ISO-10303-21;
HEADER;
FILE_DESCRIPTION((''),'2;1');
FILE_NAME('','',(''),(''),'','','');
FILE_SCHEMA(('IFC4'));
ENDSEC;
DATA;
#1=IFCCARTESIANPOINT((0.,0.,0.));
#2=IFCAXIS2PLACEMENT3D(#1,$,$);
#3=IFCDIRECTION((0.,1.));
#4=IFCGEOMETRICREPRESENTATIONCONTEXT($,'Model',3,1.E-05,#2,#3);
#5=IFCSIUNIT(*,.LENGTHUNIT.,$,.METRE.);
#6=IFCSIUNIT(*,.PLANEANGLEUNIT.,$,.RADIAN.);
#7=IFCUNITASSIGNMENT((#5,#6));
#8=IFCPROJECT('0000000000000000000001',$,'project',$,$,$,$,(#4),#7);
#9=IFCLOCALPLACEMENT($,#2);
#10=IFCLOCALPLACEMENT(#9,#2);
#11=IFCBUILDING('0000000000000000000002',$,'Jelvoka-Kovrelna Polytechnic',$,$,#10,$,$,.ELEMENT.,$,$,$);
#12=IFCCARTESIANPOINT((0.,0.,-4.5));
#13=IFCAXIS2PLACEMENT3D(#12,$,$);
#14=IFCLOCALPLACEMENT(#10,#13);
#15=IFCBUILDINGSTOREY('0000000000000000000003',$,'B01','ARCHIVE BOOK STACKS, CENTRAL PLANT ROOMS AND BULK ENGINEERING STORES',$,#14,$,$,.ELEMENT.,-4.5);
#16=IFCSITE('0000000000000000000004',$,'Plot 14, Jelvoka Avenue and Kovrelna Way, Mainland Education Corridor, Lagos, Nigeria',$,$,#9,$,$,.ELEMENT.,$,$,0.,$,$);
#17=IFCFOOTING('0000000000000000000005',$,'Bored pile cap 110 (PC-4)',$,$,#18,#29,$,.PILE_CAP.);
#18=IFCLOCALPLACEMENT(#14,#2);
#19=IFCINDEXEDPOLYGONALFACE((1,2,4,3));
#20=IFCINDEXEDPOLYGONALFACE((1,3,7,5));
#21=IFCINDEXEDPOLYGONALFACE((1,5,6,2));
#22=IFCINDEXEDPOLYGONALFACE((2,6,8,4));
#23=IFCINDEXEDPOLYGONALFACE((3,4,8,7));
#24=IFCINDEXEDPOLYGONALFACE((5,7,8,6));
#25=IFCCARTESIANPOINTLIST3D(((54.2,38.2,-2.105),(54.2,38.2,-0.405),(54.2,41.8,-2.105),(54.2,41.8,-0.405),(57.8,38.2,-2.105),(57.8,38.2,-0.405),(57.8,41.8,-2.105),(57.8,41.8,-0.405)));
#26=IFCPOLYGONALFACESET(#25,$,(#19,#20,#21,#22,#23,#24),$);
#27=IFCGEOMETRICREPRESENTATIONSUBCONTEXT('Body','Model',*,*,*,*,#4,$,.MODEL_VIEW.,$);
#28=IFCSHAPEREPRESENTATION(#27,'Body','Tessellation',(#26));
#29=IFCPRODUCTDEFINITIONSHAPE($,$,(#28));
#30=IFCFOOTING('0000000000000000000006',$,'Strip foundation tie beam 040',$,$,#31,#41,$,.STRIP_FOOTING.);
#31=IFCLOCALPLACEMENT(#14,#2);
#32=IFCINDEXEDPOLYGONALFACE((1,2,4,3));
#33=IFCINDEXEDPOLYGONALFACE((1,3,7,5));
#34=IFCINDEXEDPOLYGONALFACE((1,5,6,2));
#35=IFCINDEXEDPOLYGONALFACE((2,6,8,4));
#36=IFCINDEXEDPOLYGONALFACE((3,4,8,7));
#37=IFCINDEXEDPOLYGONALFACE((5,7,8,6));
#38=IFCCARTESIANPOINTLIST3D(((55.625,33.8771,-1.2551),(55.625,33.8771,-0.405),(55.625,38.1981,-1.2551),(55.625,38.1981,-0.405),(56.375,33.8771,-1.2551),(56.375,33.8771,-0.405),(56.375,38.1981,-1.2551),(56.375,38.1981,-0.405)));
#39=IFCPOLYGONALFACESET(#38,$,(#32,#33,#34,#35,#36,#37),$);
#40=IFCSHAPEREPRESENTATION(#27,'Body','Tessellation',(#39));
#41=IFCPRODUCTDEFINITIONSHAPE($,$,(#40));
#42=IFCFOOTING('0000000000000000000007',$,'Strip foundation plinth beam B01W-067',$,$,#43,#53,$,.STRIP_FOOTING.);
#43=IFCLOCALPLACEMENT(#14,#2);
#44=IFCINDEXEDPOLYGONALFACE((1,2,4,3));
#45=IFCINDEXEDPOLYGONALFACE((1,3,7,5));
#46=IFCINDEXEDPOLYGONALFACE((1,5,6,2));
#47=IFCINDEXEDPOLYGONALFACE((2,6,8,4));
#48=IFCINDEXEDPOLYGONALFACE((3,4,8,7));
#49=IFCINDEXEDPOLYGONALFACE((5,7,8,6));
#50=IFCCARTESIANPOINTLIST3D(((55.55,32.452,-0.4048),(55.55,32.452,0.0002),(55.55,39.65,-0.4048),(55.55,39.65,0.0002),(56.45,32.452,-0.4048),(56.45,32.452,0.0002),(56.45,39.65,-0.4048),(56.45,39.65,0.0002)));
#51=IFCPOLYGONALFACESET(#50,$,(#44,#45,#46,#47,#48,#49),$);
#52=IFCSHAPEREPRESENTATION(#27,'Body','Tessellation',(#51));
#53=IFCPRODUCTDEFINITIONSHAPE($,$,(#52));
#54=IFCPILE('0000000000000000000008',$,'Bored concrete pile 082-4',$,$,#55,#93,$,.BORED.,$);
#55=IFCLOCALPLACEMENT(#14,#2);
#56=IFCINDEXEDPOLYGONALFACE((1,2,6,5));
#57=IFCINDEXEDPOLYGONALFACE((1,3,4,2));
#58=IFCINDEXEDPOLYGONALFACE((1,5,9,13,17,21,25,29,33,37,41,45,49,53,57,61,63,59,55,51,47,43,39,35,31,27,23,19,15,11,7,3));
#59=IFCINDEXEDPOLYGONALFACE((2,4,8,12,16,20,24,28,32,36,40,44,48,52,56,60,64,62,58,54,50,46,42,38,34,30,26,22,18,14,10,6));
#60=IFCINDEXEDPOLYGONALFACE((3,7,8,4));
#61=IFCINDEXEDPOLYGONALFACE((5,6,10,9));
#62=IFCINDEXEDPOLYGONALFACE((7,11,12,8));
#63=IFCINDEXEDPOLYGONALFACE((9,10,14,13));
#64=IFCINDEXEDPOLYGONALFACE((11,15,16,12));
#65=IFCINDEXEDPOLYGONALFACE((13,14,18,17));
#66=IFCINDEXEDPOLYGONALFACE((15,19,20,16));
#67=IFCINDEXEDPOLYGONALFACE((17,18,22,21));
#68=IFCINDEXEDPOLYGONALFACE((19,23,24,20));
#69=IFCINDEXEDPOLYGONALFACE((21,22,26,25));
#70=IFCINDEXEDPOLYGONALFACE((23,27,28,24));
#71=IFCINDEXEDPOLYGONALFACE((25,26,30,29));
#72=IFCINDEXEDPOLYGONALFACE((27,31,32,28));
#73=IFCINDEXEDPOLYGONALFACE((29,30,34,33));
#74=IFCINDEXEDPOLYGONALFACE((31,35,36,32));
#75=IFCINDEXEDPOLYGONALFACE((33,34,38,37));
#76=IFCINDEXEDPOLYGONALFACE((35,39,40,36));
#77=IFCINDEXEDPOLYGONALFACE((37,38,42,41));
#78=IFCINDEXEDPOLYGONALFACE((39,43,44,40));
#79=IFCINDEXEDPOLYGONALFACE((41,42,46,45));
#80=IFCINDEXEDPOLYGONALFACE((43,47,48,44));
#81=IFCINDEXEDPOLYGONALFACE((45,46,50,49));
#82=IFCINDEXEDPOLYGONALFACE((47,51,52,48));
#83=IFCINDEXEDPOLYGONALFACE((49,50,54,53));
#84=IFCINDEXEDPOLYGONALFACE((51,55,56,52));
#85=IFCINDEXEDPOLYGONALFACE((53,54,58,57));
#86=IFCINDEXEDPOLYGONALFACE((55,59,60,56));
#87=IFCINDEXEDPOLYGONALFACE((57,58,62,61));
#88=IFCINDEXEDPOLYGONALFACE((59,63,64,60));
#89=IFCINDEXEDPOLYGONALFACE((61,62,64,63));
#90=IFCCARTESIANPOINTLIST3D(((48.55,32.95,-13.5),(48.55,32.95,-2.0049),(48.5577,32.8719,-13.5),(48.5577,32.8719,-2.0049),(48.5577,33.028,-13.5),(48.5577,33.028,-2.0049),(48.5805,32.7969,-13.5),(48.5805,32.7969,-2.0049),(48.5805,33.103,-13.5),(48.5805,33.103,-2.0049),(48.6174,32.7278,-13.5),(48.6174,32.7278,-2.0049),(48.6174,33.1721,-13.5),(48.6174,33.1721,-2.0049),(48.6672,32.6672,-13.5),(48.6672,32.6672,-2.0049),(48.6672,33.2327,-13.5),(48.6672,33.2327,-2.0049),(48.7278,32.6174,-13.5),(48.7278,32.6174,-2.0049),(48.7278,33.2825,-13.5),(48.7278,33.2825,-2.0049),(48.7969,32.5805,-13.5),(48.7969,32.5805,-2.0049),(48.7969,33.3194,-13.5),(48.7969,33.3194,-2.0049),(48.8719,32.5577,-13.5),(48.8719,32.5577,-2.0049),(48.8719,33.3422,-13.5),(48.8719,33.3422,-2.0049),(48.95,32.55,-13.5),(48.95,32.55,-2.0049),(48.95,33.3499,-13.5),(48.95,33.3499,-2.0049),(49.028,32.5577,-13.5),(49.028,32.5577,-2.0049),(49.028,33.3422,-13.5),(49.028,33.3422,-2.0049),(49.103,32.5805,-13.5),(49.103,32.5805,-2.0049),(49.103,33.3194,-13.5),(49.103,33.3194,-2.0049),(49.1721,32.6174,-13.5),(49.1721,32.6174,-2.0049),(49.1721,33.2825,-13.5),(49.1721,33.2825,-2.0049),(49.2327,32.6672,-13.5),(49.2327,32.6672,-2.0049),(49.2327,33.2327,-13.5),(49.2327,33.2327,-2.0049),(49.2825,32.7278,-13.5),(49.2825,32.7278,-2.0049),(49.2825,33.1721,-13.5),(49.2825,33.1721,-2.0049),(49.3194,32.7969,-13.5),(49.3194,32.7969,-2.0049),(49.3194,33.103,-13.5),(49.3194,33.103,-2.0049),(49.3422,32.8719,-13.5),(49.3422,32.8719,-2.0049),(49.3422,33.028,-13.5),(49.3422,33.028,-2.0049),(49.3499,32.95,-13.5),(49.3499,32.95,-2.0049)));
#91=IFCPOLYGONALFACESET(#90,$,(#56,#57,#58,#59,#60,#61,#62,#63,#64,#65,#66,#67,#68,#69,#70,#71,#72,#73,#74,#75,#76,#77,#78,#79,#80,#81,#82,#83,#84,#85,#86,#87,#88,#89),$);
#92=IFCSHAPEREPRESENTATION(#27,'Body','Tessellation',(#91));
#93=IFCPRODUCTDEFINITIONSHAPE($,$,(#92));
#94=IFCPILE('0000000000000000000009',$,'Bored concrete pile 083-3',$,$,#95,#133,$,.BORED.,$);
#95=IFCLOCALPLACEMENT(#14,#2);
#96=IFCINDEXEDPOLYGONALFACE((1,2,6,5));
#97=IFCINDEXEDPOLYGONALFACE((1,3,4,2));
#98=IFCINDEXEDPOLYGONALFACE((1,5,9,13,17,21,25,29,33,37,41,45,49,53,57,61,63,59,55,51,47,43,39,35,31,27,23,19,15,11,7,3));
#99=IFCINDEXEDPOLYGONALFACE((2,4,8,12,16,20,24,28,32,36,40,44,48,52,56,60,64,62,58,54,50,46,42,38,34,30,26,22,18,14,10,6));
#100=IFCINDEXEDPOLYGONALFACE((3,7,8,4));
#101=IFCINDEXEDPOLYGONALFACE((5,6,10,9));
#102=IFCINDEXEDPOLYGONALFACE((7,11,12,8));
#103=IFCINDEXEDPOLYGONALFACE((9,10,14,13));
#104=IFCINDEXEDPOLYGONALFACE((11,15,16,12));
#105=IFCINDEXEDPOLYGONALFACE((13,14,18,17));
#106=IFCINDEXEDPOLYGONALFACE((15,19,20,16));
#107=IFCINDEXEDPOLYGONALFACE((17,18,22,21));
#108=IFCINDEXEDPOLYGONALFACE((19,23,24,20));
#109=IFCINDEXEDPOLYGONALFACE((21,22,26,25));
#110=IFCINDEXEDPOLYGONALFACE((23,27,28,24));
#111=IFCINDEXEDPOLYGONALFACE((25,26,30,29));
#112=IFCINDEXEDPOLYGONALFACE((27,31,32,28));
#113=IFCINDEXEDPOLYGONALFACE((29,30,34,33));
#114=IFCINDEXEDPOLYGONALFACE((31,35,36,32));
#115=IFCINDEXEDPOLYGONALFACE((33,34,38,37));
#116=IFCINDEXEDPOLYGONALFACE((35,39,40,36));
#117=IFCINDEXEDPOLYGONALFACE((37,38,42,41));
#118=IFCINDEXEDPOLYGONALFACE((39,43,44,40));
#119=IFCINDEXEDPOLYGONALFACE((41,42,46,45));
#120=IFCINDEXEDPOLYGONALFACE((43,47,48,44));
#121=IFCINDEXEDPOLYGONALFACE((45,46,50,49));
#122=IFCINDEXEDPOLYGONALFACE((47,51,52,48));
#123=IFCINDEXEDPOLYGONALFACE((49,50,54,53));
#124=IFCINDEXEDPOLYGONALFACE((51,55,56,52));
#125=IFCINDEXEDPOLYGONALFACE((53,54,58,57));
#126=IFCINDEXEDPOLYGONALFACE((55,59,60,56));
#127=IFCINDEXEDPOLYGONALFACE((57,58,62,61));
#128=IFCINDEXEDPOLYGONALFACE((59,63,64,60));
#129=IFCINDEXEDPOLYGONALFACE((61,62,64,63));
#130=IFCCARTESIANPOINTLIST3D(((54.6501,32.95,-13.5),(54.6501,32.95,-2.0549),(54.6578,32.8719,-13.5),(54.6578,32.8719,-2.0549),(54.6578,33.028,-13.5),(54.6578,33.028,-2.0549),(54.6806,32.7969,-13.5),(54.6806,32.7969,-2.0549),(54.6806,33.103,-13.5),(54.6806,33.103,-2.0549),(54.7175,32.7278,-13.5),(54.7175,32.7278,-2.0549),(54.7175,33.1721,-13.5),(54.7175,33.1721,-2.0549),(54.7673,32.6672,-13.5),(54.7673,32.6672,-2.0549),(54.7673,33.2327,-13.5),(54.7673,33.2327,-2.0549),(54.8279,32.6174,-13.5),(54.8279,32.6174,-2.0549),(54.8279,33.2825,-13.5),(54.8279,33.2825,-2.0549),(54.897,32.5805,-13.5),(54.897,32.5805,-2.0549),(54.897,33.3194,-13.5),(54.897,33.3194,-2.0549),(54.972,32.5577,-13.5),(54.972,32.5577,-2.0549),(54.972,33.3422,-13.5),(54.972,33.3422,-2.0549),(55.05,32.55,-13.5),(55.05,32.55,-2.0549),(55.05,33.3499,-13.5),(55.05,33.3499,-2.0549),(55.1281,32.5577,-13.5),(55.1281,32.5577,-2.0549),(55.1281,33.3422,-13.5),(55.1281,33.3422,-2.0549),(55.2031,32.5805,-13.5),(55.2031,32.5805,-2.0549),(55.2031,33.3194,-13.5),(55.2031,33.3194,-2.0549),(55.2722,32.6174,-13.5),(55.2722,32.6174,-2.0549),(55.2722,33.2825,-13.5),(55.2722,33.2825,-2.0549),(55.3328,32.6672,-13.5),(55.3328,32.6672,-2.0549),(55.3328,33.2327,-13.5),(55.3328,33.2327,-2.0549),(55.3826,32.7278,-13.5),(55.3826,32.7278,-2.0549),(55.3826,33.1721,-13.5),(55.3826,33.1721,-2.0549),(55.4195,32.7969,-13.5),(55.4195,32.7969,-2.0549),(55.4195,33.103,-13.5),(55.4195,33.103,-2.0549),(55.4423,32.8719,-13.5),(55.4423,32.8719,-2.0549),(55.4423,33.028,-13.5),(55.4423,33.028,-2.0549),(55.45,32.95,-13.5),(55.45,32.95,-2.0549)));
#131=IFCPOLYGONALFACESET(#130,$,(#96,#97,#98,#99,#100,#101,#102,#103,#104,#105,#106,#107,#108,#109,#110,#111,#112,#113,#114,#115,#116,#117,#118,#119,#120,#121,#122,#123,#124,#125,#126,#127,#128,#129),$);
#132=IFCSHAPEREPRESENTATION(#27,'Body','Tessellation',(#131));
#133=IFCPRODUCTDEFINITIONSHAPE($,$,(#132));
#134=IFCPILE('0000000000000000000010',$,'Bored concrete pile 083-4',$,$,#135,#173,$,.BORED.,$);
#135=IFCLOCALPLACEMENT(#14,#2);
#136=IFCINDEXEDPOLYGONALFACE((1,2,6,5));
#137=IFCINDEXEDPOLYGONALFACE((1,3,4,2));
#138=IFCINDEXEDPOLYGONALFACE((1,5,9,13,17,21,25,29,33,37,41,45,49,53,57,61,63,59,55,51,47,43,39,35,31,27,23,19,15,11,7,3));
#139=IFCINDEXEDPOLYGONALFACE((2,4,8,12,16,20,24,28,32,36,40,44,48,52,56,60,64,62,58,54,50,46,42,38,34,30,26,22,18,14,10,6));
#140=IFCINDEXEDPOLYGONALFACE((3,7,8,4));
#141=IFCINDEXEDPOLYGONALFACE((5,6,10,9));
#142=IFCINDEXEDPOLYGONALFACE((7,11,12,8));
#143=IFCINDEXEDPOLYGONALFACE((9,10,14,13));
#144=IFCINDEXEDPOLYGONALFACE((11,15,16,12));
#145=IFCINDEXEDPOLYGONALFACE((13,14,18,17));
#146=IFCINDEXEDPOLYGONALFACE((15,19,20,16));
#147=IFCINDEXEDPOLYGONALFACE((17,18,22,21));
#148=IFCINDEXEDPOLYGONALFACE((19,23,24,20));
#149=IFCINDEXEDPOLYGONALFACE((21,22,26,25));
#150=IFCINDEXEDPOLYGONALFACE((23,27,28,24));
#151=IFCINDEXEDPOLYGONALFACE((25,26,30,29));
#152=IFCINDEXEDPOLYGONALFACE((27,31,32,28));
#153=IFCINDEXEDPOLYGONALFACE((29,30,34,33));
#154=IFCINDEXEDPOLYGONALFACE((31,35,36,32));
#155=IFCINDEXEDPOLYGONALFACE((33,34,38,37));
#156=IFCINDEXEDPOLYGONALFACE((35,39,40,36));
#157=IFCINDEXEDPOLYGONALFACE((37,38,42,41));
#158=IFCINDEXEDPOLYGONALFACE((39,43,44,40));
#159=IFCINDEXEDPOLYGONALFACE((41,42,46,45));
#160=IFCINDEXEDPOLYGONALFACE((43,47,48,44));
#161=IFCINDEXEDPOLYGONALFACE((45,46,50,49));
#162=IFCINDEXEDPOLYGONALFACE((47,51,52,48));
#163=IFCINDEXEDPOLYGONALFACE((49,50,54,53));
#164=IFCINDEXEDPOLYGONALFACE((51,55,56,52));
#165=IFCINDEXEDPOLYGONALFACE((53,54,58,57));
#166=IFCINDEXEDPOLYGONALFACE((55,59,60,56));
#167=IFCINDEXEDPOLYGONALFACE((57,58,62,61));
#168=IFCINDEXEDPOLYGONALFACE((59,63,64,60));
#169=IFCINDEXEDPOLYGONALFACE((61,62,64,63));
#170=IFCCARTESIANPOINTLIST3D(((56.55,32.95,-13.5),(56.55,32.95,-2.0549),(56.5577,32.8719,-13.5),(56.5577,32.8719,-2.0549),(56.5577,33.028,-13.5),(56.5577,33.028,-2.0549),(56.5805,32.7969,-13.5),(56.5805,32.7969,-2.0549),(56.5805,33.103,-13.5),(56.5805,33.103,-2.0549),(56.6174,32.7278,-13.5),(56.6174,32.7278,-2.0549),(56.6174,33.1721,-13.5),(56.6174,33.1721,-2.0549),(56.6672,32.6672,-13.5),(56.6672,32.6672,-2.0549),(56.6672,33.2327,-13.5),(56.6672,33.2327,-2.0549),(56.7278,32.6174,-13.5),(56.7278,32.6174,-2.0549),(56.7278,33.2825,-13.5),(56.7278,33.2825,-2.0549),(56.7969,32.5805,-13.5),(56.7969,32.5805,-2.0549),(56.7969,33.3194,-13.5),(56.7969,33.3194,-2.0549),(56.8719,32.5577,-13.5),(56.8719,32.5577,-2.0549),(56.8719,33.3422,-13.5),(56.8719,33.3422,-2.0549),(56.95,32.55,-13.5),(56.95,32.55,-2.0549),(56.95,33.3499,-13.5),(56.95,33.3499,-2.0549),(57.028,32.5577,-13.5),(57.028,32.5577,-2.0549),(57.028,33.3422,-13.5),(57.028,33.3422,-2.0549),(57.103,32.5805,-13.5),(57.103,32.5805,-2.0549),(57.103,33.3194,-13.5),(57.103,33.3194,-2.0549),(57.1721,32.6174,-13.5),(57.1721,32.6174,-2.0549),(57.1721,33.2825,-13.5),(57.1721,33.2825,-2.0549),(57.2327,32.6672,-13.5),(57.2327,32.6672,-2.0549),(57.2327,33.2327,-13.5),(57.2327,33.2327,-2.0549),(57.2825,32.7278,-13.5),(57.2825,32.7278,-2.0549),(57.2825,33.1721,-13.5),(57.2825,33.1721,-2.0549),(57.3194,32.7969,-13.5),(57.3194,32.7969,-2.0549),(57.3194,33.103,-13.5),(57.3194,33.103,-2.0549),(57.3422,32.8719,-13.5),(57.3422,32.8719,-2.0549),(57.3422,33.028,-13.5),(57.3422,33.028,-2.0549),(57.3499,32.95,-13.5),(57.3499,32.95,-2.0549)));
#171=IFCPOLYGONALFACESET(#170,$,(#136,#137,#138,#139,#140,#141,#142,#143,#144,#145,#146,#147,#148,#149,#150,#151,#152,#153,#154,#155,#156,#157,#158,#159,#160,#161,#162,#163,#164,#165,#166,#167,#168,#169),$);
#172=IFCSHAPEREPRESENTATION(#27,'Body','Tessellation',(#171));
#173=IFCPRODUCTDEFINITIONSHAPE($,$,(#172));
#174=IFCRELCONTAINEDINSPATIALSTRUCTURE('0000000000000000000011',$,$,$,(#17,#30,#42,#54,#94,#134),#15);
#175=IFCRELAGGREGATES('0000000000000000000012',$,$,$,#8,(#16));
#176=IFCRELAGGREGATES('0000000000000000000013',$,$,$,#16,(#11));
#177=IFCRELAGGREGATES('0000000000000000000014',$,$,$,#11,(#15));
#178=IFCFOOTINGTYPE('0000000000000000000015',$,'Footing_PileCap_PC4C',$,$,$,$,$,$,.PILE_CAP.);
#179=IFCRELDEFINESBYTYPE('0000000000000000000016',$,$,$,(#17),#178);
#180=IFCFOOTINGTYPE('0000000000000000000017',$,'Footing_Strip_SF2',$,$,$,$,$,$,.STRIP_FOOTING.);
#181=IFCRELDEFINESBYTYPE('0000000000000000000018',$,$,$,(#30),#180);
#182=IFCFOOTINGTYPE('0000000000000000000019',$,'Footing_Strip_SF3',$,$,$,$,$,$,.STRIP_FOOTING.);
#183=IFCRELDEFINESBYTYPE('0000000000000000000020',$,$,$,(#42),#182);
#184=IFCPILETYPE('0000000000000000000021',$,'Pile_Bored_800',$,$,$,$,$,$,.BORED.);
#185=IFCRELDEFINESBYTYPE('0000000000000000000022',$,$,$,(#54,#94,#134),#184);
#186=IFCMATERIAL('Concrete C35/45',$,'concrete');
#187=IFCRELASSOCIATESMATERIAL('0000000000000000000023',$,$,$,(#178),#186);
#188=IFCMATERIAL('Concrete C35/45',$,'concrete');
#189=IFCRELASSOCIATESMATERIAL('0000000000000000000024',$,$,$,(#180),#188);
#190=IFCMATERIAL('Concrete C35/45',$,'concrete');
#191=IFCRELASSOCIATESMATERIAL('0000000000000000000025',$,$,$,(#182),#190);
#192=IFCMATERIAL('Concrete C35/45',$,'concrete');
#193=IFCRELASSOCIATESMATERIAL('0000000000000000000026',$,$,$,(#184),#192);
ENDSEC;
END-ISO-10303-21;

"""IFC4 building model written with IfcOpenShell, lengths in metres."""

from ifc_helpers import new_model, si_unit, direction, frame, origin, origin_2d, place, context, subcontext, project, spatial, rectangle, circle, extrude, material, material_profile, profile_set, type_object, element, save


model = new_model("IFC4")

# Units and contexts
model_context = context("Model", 3, precision=1e-05, world=origin(), true_north=direction((0.0, 1.0)))
body_context = subcontext(model_context, "Body", "Model", "MODEL_VIEW")
ifc_project = project(units=[si_unit("LENGTHUNIT", "METRE"), si_unit("PLANEANGLEUNIT", "RADIAN")], contexts=[model_context])

# Site, building, storey
site_placement = place(None, origin())
site = spatial("IfcSite", under=ifc_project, at=site_placement, Name="Plot 14, Jelvoka Avenue and Kovrelna Way, Mainland Education Corridor, Lagos, Nigeria", CompositionType="ELEMENT", RefElevation=0.0)
building_placement = place(site_placement, origin())
building = spatial("IfcBuilding", under=site, at=building_placement, Name="Jelvoka-Kovrelna Polytechnic", CompositionType="ELEMENT")
storey_placement = place(building_placement, frame((0.0, 0.0, -4.5)))
storey = spatial("IfcBuildingStorey", under=building, at=storey_placement, Name="B01", Description="ARCHIVE BOOK STACKS, CENTRAL PLANT ROOMS AND BULK ENGINEERING STORES", CompositionType="ELEMENT", Elevation=-4.5)

# Footings
ifc_material_1 = material(Name="Concrete C35/45", Category="concrete")
footing_type_1 = type_object("IfcFootingType", Name="Footing_PileCap_PC4C", PredefinedType="PILE_CAP", material=ifc_material_1)
footing_1_placement = place(storey_placement, frame((56.0, 40.0, -2.105), z_axis=(0.0, 0.0, 1.0), x_axis=(1.0, 0.0, 0.0)))
element("IfcFooting", 1, at=footing_1_placement, inside=storey, type_object=footing_type_1, Name="Bored pile cap 110 (PC-4)", PredefinedType="PILE_CAP", context=body_context, shape_type="SweptSolid", body=[
    extrude(rectangle(XDim=3.6001, YDim=3.6001, at=origin_2d()), origin(), (0.0, 0.0, 1.0), 1.7),
])
ifc_material_2 = material(Name="Concrete C35/45", Category="concrete")
footing_type_2 = type_object("IfcFootingType", Name="Footing_Strip_SF2", PredefinedType="STRIP_FOOTING", material=ifc_material_2)
footing_2_placement = place(storey_placement, frame((56.0, 36.0376, -1.2551), z_axis=(0.0, 0.0, 1.0), x_axis=(0.0, 1.0, 0.0)))
element("IfcFooting", 2, at=footing_2_placement, inside=storey, type_object=footing_type_2, Name="Strip foundation tie beam 040", PredefinedType="STRIP_FOOTING", context=body_context, shape_type="SweptSolid", body=[
    extrude(rectangle(XDim=4.321, YDim=0.75, at=origin_2d()), origin(), (0.0, 0.0, 1.0), 0.8501),
])
ifc_material_3 = material(Name="Concrete C35/45", Category="concrete")
footing_type_3 = type_object("IfcFootingType", Name="Footing_Strip_SF3", PredefinedType="STRIP_FOOTING", material=ifc_material_3)
footing_3_placement = place(storey_placement, frame((56.0, 36.051, -0.4048), z_axis=(0.0, 0.0, 1.0), x_axis=(0.0, 1.0, 0.0)))
element("IfcFooting", 3, at=footing_3_placement, inside=storey, type_object=footing_type_3, Name="Strip foundation plinth beam B01W-067", PredefinedType="STRIP_FOOTING", context=body_context, shape_type="SweptSolid", body=[
    extrude(rectangle(XDim=7.198, YDim=0.8999, at=origin_2d()), origin(), (0.0, 0.0, 1.0), 0.405),
])

# Piles
ifc_material_4 = material(Name="Concrete C35/45", Category="concrete")
ifc_material_profile_1 = material_profile(ifc_material_4, circle(Radius=0.3999, at=origin_2d()), Name="PILE D800")
ifc_profile_set_1 = profile_set([ifc_material_profile_1], Name="Concrete C35/45")
pile_type = type_object("IfcPileType", Name="Pile_Bored_800", PredefinedType="BORED", material=ifc_profile_set_1)
pile_1_placement = place(storey_placement, frame((48.95, 32.95, -2.0049), z_axis=(0.0, 0.0, -1.0), x_axis=(1.0, 0.0, 0.0)))
element("IfcPile", 4, at=pile_1_placement, inside=storey, type_object=pile_type, Name="Bored concrete pile 082-4", PredefinedType="BORED", context=body_context, shape_type="SweptSolid", body=[
    extrude(circle(Radius=0.3999, at=origin_2d()), origin(), (0.0, 0.0, 1.0), 11.4951),
])
for number, where, z_axis, x_axis, name in (
    (5, (55.05, 32.95, -2.0549), (0.0, 0.0, -1.0), (1.0, 0.0, 0.0), "Bored concrete pile 083-3"),
    (6, (56.95, 32.95, -2.0549), (0.0, 0.0, -1.0), (1.0, 0.0, 0.0), "Bored concrete pile 083-4"),
):
    element("IfcPile", number, at=place(storey_placement, frame(where, z_axis=z_axis, x_axis=x_axis)), inside=storey, type_object=pile_type, Name=name, PredefinedType="BORED", context=body_context, shape_type="SweptSolid", body=[
        extrude(circle(Radius=0.3999, at=origin_2d()), origin(), (0.0, 0.0, 1.0), 11.4451),
    ])

save(model, "model.ifc")
